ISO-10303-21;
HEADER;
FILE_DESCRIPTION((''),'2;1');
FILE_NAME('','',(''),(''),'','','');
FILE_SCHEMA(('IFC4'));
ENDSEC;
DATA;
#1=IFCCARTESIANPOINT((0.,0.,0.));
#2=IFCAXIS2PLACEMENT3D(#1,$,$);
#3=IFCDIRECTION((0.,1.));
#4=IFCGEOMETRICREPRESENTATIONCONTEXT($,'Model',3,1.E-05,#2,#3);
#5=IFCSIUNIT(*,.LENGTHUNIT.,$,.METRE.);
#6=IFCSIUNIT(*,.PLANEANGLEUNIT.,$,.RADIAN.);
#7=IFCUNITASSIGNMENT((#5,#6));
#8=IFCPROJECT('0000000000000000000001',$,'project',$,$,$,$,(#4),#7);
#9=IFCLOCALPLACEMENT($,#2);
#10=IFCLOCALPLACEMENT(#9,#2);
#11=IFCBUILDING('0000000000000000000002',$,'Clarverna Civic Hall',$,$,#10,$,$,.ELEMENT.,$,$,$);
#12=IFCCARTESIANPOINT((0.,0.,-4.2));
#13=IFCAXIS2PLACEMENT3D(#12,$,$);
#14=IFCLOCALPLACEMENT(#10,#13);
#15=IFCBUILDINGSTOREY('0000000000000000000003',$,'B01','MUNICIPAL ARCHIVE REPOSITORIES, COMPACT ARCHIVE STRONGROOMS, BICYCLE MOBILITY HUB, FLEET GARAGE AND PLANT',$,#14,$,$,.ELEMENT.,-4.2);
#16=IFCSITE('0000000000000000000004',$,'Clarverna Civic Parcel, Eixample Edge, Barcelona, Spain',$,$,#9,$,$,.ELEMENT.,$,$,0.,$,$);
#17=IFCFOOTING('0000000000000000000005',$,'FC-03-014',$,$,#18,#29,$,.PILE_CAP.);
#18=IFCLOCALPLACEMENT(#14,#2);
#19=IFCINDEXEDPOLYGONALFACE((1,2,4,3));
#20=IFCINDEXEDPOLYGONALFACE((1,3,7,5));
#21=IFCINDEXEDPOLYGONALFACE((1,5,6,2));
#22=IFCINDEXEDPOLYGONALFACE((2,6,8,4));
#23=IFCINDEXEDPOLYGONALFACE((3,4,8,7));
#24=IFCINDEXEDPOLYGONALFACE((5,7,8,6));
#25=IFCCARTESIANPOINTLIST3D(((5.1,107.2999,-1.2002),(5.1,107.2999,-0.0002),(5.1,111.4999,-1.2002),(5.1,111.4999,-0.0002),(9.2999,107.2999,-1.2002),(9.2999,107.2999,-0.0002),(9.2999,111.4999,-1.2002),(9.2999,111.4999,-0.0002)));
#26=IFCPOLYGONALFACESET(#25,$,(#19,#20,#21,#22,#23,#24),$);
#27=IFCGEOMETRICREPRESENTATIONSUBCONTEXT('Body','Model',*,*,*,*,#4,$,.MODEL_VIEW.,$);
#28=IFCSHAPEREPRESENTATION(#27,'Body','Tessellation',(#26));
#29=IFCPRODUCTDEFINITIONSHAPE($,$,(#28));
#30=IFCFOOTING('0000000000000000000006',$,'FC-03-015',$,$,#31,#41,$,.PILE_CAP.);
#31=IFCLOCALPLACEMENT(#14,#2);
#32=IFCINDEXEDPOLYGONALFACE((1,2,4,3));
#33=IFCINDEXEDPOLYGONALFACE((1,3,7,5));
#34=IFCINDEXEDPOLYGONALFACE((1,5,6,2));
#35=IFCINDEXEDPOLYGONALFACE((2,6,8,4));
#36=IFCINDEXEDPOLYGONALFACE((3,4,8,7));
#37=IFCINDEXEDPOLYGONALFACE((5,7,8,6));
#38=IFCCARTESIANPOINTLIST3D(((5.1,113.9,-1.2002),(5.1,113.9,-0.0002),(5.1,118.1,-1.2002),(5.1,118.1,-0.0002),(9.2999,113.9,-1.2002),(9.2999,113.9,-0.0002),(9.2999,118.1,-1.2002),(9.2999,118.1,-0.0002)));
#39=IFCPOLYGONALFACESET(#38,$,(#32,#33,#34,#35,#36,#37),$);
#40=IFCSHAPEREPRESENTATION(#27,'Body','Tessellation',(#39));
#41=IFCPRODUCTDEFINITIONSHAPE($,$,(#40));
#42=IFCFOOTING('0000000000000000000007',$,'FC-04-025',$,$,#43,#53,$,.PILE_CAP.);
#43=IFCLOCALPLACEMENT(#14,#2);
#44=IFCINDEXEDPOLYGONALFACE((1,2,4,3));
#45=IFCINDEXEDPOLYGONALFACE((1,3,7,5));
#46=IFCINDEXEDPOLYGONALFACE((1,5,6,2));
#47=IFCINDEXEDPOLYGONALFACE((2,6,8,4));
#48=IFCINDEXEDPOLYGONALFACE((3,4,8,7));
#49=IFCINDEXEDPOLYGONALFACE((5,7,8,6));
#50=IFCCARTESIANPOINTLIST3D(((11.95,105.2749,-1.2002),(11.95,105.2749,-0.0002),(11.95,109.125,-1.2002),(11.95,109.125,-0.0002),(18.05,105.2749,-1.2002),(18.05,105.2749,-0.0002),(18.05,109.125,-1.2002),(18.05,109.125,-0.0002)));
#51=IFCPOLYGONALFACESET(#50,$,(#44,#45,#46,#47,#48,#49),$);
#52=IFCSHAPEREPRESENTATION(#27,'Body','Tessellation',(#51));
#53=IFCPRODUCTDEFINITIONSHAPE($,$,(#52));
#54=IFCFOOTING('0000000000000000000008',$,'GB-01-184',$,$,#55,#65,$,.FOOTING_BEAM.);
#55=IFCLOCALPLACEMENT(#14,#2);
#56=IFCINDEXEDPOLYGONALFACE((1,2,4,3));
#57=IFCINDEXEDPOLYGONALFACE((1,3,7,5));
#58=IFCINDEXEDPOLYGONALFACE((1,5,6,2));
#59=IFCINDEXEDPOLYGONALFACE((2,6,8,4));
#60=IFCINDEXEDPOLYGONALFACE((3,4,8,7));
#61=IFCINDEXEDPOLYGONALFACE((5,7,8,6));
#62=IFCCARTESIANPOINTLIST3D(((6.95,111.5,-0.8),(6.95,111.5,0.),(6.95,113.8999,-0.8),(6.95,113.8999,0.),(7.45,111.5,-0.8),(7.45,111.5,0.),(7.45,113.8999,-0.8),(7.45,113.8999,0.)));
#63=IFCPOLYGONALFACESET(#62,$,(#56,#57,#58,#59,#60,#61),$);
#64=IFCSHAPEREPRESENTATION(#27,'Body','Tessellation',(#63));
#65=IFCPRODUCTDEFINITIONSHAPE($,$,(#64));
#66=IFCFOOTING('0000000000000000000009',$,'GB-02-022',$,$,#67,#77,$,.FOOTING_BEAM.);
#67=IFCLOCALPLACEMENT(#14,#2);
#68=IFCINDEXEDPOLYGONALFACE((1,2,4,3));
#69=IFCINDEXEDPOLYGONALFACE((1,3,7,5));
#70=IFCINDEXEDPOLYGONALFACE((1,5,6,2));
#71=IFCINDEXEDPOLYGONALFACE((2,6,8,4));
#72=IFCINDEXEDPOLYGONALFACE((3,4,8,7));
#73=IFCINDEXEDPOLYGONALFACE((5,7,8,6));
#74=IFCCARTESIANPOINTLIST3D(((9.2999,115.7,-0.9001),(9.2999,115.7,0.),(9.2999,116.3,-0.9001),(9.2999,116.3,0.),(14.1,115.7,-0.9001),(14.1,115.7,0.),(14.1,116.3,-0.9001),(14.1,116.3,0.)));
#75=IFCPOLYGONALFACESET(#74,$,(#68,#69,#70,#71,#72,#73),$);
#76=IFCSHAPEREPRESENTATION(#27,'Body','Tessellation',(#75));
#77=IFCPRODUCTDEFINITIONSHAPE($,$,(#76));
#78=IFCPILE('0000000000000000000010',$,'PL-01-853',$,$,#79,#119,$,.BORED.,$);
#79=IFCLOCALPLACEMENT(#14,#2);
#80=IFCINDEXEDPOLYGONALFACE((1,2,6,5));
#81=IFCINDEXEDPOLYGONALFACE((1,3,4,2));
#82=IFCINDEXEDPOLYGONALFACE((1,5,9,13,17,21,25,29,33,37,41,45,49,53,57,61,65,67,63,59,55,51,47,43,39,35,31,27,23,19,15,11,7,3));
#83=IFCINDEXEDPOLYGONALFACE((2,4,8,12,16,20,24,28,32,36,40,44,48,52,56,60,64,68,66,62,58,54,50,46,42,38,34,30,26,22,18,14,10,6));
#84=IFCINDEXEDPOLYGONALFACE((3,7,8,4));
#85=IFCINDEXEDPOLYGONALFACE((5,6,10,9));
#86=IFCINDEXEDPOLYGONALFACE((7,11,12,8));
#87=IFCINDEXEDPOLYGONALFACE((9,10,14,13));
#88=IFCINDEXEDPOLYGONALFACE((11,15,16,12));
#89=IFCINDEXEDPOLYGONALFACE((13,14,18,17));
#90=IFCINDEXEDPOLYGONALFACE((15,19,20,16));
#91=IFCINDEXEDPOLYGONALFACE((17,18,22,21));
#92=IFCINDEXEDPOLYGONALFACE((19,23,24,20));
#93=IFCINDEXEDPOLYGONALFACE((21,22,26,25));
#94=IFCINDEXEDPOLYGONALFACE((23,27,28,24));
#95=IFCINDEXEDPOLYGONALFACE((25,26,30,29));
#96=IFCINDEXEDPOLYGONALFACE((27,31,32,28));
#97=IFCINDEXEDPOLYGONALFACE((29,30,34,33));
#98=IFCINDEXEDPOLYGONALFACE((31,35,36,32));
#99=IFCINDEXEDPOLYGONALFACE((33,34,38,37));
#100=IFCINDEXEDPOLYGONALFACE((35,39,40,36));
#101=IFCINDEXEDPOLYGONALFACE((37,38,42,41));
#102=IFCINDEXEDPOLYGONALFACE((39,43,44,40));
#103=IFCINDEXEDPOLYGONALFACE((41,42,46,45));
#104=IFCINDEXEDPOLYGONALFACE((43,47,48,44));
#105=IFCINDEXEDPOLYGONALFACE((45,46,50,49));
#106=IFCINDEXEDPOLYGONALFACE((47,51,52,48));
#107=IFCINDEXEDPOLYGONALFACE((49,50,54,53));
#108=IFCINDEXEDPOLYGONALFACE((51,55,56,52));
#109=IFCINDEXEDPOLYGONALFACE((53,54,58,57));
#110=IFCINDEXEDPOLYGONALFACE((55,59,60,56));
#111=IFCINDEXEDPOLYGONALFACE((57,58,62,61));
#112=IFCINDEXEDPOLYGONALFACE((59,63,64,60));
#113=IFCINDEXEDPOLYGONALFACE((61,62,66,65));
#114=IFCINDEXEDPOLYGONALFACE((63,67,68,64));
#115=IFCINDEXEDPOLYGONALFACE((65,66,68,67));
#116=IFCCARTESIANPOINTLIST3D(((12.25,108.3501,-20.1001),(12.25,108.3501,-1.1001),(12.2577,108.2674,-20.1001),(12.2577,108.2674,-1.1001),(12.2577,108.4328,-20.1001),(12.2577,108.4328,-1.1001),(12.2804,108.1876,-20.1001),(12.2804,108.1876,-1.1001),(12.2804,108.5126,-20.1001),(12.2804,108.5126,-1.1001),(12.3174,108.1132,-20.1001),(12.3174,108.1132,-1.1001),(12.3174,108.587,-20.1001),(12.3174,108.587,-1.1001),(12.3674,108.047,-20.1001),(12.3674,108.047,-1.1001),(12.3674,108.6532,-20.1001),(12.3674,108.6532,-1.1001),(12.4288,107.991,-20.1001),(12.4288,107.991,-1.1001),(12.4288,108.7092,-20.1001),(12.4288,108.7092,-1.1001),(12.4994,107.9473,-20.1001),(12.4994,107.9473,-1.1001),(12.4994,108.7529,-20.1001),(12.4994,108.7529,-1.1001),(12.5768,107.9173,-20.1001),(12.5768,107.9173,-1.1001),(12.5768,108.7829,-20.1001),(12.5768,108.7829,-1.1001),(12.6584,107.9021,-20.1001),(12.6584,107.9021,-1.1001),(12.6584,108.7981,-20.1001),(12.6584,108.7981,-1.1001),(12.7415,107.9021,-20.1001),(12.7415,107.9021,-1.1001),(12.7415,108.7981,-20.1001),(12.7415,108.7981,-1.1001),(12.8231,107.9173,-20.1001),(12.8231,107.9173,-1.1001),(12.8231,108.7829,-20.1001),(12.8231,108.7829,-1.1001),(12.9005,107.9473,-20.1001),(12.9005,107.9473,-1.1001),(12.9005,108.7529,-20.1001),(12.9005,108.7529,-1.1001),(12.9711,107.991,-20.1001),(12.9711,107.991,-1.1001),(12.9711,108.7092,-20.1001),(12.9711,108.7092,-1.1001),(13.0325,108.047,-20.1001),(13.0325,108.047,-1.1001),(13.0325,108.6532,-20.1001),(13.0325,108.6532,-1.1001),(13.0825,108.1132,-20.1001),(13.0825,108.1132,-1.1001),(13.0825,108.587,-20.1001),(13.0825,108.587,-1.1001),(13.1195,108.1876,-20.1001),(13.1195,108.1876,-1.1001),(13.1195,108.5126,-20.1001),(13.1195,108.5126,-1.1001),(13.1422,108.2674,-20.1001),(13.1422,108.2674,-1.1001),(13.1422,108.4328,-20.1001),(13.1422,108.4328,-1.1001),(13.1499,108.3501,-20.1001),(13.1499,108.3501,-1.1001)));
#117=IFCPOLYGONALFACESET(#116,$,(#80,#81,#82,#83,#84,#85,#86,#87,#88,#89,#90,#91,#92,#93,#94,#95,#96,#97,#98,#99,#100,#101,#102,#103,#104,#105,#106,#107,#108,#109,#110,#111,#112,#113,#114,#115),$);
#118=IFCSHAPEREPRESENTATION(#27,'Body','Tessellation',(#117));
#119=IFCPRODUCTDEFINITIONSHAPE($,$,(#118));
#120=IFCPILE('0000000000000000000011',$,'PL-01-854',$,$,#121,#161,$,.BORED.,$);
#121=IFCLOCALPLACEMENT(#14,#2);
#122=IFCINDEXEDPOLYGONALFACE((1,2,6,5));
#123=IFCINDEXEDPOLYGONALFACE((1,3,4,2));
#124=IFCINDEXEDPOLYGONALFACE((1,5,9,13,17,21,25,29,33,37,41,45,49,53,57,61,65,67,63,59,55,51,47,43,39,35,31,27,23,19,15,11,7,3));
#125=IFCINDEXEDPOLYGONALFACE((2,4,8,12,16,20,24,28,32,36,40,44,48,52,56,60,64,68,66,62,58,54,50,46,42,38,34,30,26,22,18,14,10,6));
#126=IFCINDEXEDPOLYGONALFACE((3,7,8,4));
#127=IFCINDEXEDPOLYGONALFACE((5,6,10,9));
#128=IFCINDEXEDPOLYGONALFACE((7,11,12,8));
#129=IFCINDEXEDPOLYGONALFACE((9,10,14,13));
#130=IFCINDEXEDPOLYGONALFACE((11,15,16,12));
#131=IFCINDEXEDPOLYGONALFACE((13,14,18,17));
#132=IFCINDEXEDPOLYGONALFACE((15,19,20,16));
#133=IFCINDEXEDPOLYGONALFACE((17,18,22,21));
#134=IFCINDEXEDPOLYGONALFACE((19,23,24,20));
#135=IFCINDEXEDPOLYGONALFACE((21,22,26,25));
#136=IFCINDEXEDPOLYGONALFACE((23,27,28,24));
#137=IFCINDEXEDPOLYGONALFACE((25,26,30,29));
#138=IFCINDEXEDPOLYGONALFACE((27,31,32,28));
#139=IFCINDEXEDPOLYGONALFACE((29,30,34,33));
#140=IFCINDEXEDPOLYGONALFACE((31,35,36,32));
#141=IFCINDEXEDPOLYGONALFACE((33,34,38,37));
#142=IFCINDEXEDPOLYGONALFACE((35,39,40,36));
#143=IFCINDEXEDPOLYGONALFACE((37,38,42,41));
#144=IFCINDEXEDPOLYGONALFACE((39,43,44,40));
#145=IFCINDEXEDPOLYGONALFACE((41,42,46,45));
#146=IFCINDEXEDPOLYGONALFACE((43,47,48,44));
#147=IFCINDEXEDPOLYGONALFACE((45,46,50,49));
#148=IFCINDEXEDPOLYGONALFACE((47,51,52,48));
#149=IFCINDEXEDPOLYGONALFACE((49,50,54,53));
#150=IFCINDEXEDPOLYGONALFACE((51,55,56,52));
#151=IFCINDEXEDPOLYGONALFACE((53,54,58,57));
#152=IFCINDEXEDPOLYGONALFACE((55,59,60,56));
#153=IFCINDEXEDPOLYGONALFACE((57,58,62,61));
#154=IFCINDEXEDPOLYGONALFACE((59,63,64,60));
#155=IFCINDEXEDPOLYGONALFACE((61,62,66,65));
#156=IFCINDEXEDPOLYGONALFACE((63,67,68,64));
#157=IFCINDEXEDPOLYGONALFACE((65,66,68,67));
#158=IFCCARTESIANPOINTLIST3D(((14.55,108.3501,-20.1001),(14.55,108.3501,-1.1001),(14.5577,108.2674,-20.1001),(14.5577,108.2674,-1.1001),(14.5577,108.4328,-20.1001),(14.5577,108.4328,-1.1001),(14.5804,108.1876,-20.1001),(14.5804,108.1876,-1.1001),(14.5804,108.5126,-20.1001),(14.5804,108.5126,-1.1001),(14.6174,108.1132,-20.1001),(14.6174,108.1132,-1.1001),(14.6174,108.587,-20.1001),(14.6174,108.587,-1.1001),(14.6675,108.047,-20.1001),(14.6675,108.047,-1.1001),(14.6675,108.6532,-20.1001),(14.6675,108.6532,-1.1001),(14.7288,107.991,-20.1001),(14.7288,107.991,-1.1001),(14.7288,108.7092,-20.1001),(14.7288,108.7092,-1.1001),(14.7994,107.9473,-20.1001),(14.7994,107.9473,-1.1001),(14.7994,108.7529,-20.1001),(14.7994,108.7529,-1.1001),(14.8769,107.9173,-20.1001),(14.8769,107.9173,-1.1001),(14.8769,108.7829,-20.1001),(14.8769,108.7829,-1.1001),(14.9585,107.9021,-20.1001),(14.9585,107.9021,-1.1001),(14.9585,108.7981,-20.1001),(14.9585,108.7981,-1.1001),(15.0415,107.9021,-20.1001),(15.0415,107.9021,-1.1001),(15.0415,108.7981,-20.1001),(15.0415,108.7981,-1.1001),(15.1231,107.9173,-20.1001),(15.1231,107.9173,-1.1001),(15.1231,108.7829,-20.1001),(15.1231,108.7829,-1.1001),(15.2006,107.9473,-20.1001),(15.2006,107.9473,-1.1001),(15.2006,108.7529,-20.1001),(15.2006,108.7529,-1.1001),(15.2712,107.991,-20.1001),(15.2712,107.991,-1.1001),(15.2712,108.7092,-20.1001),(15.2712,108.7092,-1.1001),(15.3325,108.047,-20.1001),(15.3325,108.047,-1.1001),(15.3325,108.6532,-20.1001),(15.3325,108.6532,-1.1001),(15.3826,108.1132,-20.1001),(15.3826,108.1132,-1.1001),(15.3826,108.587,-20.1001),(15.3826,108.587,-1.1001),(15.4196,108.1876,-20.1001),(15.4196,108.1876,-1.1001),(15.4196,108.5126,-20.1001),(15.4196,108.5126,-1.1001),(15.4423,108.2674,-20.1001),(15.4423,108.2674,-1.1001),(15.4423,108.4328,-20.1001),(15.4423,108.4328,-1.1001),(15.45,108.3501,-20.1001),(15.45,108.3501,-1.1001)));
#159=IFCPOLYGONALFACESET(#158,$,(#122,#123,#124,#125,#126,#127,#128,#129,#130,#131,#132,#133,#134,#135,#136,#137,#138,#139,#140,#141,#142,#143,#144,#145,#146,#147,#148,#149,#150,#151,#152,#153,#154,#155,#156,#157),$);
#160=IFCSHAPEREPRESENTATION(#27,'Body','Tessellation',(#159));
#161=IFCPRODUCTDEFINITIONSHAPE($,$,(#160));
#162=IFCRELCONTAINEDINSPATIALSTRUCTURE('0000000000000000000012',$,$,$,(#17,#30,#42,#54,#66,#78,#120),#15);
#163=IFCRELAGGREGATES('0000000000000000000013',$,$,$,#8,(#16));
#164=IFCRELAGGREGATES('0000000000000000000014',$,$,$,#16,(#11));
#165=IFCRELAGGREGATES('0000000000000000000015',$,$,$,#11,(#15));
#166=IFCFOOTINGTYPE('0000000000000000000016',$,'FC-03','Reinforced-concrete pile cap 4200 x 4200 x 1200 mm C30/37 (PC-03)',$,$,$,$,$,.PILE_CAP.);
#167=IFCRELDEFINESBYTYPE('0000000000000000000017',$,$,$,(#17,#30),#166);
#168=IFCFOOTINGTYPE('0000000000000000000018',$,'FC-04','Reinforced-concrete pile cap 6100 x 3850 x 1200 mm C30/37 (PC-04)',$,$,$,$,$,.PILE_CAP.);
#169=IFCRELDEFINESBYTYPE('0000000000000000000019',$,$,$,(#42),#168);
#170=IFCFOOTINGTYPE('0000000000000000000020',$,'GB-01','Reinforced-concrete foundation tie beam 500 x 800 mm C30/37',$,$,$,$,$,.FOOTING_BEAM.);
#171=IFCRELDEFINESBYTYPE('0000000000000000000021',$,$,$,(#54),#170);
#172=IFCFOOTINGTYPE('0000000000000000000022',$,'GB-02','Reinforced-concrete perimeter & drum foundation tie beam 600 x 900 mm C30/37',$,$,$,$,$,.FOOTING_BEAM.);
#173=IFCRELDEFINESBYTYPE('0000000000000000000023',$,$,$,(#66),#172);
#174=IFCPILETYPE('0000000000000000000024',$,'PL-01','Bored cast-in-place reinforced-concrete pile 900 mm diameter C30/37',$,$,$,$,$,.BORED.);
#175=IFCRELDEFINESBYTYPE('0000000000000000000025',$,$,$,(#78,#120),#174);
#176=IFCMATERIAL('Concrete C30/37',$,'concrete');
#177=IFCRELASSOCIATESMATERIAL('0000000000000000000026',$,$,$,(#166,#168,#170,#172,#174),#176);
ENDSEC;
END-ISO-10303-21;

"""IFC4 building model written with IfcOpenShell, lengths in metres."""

from ifc_helpers import new_model, si_unit, direction, frame, frame_2d, origin, origin_2d, place, context, subcontext, project, spatial, rectangle, circle, extrude, material, material_profile, profile_set, type_object, element, save


model = new_model("IFC4")

# Units and contexts
model_context = context("Model", 3, precision=1e-05, world=origin(), true_north=direction((0.0, 1.0)))
body_context = subcontext(model_context, "Body", "Model", "MODEL_VIEW")
ifc_project = project(units=[si_unit("LENGTHUNIT", "METRE"), si_unit("PLANEANGLEUNIT", "RADIAN")], contexts=[model_context])

# Site, building, storey
site_placement = place(None, origin())
site = spatial("IfcSite", under=ifc_project, at=site_placement, Name="Clarverna Civic Parcel, Eixample Edge, Barcelona, Spain", CompositionType="ELEMENT", RefElevation=0.0)
building_placement = place(site_placement, origin())
building = spatial("IfcBuilding", under=site, at=building_placement, Name="Clarverna Civic Hall", CompositionType="ELEMENT")
storey_placement = place(building_placement, frame((0.0, 0.0, -4.2)))
storey = spatial("IfcBuildingStorey", under=building, at=storey_placement, Name="B01", Description="MUNICIPAL ARCHIVE REPOSITORIES, COMPACT ARCHIVE STRONGROOMS, BICYCLE MOBILITY HUB, FLEET GARAGE AND PLANT", CompositionType="ELEMENT", Elevation=-4.2)

# Footings
ifc_material_1 = material(Name="Concrete C30/37", Category="concrete")
footing_type_1 = type_object("IfcFootingType", Name="FC-03", Description="Reinforced-concrete pile cap 4200 x 4200 x 1200 mm C30/37 (PC-03)", PredefinedType="PILE_CAP", material=ifc_material_1)
for number, where, z_axis, x_axis, name in (
    (1, (7.2, 109.3999, -1.2002), (0.0, 0.0, 1.0), (1.0, 0.0, 0.0), "FC-03-014"),
    (2, (7.2, 116.0, -1.2002), (0.0, 0.0, 1.0), (1.0, 0.0, 0.0), "FC-03-015"),
):
    element("IfcFooting", number, at=place(storey_placement, frame(where, z_axis=z_axis, x_axis=x_axis)), inside=storey, type_object=footing_type_1, Name=name, PredefinedType="PILE_CAP", context=body_context, shape_type="SweptSolid", body=[
        extrude(rectangle(XDim=4.2, YDim=4.2, at=origin_2d()), origin(), (0.0, 0.0, 1.0), 1.2),
    ])
footing_type_2 = type_object("IfcFootingType", Name="FC-04", Description="Reinforced-concrete pile cap 6100 x 3850 x 1200 mm C30/37 (PC-04)", PredefinedType="PILE_CAP", material=ifc_material_1)
footing_1_placement = place(storey_placement, frame((15.0, 107.2, -1.2002), z_axis=(0.0, 0.0, 1.0), x_axis=(1.0, 0.0, 0.0)))
element("IfcFooting", 3, at=footing_1_placement, inside=storey, type_object=footing_type_2, Name="FC-04-025", PredefinedType="PILE_CAP", context=body_context, shape_type="SweptSolid", body=[
    extrude(rectangle(XDim=6.1001, YDim=3.8501, at=origin_2d()), origin(), (0.0, 0.0, 1.0), 1.2),
])
footing_type_3 = type_object("IfcFootingType", Name="GB-01", Description="Reinforced-concrete foundation tie beam 500 x 800 mm C30/37", PredefinedType="FOOTING_BEAM", material=ifc_material_1)
footing_2_placement = place(storey_placement, frame((7.2, 111.5, -0.8), z_axis=(0.0, 0.0, 1.0), x_axis=(0.0, 1.0, 0.0)))
element("IfcFooting", 4, at=footing_2_placement, inside=storey, type_object=footing_type_3, Name="GB-01-184", PredefinedType="FOOTING_BEAM", context=body_context, shape_type="SweptSolid", body=[
    extrude(rectangle(XDim=2.3999, YDim=0.5, at=frame_2d((1.2, 0.0))), origin(), (0.0, 0.0, 1.0), 0.8),
])
footing_type_4 = type_object("IfcFootingType", Name="GB-02", Description="Reinforced-concrete perimeter & drum foundation tie beam 600 x 900 mm C30/37", PredefinedType="FOOTING_BEAM", material=ifc_material_1)
footing_3_placement = place(storey_placement, frame((9.3, 116.0, -0.9001), z_axis=(0.0, 0.0, 1.0), x_axis=(1.0, 0.0, 0.0)))
element("IfcFooting", 5, at=footing_3_placement, inside=storey, type_object=footing_type_4, Name="GB-02-022", PredefinedType="FOOTING_BEAM", context=body_context, shape_type="SweptSolid", body=[
    extrude(rectangle(XDim=4.8, YDim=0.6001, at=frame_2d((2.3999, 0.0))), origin(), (0.0, 0.0, 1.0), 0.9001),
])

# Piles
ifc_material_profile_1 = material_profile(ifc_material_1, circle(Radius=0.45, at=origin_2d()), Name="BORED PILE D900")
ifc_profile_set_1 = profile_set([ifc_material_profile_1], Name="Concrete C30/37")
pile_type_1 = type_object("IfcPileType", Name="PL-01", Description="Bored cast-in-place reinforced-concrete pile 900 mm diameter C30/37", PredefinedType="BORED", material=ifc_profile_set_1)
for number, where, z_axis, x_axis, name in (
    (6, (12.7, 108.3501, -1.1001), (0.0, 0.0, -1.0), (1.0, 0.0, 0.0), "PL-01-853"),
    (7, (15.0, 108.3501, -1.1001), (0.0, 0.0, -1.0), (1.0, 0.0, 0.0), "PL-01-854"),
):
    element("IfcPile", number, at=place(storey_placement, frame(where, z_axis=z_axis, x_axis=x_axis)), inside=storey, type_object=pile_type_1, Name=name, PredefinedType="BORED", context=body_context, shape_type="SweptSolid", body=[
        extrude(circle(Radius=0.45, at=origin_2d()), origin(), (0.0, 0.0, 1.0), 19.0),
    ])

save(model, "model.ifc")
